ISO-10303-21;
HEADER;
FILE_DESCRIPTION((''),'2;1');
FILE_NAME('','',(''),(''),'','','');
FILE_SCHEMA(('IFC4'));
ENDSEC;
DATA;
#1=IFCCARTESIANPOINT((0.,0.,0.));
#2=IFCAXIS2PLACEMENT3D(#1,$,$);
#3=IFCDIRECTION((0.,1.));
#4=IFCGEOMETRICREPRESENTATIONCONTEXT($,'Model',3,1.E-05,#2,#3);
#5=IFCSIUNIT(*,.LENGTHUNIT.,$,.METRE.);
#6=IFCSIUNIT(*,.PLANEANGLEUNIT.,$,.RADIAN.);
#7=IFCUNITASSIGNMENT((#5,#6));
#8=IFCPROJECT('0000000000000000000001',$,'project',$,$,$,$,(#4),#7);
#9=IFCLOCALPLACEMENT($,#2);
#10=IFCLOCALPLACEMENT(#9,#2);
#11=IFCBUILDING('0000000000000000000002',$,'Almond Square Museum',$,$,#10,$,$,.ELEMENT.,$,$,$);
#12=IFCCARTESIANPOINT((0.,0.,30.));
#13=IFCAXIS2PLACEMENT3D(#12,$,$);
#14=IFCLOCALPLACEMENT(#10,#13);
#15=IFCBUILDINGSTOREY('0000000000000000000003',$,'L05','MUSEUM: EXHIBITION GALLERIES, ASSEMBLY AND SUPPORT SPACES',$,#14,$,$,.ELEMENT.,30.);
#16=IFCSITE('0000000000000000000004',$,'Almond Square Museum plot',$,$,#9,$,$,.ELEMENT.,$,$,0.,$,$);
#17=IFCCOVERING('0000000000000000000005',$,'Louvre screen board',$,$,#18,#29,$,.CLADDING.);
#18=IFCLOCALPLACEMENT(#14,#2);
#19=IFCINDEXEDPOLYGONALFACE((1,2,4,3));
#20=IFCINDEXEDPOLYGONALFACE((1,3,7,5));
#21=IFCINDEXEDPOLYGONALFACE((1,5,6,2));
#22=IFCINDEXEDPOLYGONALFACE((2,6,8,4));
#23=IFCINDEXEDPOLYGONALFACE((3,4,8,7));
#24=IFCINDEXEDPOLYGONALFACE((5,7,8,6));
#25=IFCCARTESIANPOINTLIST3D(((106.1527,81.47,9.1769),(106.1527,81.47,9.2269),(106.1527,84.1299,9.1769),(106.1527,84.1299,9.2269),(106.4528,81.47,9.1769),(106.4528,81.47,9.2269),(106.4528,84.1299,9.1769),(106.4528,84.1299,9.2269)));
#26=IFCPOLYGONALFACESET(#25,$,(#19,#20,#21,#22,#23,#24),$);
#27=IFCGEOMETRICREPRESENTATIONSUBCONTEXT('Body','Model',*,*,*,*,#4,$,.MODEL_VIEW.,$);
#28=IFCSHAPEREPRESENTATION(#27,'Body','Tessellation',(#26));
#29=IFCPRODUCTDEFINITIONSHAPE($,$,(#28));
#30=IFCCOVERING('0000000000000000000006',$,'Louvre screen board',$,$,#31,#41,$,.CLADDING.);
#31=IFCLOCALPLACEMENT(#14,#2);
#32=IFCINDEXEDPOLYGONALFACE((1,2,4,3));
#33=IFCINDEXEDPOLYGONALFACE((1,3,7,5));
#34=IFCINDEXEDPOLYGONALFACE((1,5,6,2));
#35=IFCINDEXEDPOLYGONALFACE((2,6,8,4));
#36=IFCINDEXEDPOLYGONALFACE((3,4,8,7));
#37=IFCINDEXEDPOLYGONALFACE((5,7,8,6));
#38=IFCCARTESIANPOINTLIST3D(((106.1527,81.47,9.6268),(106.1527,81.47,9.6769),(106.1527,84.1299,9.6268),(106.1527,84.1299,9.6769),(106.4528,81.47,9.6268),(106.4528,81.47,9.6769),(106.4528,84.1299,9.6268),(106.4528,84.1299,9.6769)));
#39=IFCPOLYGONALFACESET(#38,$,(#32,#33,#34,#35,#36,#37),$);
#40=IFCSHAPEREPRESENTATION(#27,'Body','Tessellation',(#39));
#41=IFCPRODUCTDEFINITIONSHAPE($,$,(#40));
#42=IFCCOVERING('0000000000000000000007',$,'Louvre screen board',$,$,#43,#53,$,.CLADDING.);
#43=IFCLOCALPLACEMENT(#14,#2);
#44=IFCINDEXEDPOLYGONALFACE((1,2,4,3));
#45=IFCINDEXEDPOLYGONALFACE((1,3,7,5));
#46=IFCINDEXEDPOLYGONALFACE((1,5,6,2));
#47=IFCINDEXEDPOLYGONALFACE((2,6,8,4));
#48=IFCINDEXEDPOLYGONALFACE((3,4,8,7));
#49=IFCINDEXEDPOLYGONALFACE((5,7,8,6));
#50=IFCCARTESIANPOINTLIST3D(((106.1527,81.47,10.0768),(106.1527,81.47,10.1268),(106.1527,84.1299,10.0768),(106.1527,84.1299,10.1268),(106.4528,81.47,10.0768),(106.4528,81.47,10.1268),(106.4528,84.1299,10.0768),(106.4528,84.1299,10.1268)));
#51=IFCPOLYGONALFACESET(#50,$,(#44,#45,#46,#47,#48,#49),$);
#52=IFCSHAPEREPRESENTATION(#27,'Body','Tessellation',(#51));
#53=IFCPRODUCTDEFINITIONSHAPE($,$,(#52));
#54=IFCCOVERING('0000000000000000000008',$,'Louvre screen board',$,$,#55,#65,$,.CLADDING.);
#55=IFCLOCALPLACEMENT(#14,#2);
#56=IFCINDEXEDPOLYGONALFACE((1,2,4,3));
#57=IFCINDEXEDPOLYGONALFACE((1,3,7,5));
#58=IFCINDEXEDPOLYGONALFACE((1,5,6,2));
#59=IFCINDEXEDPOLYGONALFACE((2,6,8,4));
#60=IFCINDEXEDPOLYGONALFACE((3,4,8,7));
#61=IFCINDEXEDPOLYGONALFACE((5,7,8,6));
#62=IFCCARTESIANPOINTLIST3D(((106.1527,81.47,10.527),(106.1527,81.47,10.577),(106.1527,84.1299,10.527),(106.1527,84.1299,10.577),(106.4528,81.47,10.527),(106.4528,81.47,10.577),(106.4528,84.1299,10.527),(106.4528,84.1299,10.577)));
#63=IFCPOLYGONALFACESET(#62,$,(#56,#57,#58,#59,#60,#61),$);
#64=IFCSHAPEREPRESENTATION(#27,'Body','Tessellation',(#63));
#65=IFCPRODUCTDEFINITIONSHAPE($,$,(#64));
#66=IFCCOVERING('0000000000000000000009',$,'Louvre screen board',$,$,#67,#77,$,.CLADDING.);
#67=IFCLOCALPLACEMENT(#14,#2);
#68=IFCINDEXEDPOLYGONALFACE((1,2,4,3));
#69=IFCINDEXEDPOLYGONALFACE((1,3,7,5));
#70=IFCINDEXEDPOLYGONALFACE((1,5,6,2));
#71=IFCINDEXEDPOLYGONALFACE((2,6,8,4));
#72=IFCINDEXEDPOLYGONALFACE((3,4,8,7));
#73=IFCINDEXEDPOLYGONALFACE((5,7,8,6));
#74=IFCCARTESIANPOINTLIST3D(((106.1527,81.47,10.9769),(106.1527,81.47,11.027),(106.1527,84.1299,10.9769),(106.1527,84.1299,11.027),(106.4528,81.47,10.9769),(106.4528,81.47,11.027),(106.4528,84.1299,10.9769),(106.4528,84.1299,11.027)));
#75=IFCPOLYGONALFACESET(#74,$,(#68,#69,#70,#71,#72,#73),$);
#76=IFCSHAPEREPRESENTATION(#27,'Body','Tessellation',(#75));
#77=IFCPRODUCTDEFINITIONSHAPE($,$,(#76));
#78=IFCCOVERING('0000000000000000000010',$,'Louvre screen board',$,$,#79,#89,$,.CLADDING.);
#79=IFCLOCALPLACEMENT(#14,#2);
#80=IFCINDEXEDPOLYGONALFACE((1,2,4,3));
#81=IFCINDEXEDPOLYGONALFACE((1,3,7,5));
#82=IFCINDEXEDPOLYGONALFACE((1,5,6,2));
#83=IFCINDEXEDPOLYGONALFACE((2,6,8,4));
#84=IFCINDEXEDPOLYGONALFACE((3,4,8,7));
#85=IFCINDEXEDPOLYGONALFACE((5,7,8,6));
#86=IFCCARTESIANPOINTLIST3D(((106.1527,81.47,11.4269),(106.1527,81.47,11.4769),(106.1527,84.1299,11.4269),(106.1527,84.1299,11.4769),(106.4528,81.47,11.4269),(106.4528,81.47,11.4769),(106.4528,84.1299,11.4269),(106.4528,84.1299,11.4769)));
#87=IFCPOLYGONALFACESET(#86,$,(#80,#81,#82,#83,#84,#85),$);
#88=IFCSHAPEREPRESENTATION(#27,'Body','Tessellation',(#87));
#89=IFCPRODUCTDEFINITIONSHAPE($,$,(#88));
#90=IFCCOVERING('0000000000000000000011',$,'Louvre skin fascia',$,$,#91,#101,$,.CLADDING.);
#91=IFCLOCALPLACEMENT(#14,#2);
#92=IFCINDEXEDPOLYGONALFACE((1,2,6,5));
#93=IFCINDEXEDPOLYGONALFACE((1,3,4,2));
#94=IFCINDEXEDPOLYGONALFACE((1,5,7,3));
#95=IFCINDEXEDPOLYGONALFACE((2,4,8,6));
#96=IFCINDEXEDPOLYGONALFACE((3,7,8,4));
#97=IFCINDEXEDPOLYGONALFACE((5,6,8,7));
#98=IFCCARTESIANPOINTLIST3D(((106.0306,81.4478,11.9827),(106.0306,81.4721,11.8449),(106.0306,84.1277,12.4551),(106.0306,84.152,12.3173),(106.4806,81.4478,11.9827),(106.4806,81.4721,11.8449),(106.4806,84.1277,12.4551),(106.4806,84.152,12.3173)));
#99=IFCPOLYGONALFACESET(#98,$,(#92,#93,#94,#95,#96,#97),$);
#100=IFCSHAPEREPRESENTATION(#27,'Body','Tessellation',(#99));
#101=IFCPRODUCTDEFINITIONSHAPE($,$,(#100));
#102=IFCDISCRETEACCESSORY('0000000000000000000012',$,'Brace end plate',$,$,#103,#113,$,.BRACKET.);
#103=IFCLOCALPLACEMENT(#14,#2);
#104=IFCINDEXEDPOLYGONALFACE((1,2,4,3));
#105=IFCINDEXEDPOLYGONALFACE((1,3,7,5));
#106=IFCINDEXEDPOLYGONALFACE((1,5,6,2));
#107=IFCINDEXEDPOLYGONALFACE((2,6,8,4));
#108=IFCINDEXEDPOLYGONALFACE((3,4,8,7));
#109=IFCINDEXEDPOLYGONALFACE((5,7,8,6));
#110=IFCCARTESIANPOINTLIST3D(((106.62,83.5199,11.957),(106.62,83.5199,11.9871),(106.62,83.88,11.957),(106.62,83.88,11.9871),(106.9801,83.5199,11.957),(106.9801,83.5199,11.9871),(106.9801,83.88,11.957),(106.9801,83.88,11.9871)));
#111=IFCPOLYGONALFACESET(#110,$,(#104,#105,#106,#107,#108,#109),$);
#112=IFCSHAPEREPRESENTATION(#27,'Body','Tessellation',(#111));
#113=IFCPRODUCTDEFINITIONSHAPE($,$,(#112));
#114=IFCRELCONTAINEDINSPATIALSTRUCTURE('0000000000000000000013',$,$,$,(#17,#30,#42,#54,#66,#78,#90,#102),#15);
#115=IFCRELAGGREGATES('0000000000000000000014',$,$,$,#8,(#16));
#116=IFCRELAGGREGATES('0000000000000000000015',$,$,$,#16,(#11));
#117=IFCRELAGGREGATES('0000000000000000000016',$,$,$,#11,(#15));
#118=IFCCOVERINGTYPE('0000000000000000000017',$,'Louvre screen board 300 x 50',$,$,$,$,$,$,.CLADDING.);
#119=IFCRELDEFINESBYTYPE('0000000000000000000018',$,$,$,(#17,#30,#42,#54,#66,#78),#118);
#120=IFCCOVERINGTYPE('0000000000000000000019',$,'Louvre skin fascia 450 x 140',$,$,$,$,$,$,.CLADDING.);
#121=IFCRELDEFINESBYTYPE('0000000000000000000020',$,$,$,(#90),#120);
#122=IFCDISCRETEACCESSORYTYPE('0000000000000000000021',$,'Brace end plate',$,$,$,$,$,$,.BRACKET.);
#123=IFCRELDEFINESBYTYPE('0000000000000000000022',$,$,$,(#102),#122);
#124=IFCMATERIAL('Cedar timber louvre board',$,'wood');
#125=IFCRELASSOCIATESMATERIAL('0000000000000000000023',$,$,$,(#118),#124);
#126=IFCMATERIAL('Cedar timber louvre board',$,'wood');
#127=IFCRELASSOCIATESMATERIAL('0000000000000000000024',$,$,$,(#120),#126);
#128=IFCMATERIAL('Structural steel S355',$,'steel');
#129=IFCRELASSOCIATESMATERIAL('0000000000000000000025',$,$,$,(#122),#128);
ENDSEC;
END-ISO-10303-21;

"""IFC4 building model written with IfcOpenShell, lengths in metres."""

from ifc_helpers import new_model, si_unit, direction, frame, origin, origin_2d, place, context, subcontext, project, spatial, rectangle, extrude, material, material_profile, profile_set, type_object, element, save


model = new_model("IFC4")

# Units and contexts
model_context = context("Model", 3, precision=1e-05, world=origin(), true_north=direction((0.0, 1.0)))
body_context = subcontext(model_context, "Body", "Model", "MODEL_VIEW")
ifc_project = project(units=[si_unit("LENGTHUNIT", "METRE"), si_unit("PLANEANGLEUNIT", "RADIAN")], contexts=[model_context])

# Site, building, storey
site_placement = place(None, origin())
site = spatial("IfcSite", under=ifc_project, at=site_placement, Name="Almond Square Museum plot", CompositionType="ELEMENT", RefElevation=0.0)
building_placement = place(site_placement, origin())
building = spatial("IfcBuilding", under=site, at=building_placement, Name="Almond Square Museum", CompositionType="ELEMENT")
storey_placement = place(building_placement, frame((0.0, 0.0, 30.0)))
storey = spatial("IfcBuildingStorey", under=building, at=storey_placement, Name="L05", Description="MUSEUM: EXHIBITION GALLERIES, ASSEMBLY AND SUPPORT SPACES", CompositionType="ELEMENT", Elevation=30.0)

# Coverings
ifc_material_1 = material(Name="Cedar timber louvre board", Category="wood")
ifc_material_profile_1 = material_profile(ifc_material_1, rectangle(XDim=0.3, YDim=0.05, at=origin_2d()))
ifc_profile_set_1 = profile_set([ifc_material_profile_1], Name="Cedar timber louvre board")
covering_type_1 = type_object("IfcCoveringType", Name="Louvre screen board 300 x 50", PredefinedType="CLADDING", material=ifc_profile_set_1)
for number, where, z_axis, x_axis, name in (
    (1, (106.3027, 81.47, 9.2019), (0.0, 1.0, 0.0), (-1.0, 0.0, 0.0), "Louvre screen board"),
    (2, (106.3027, 81.47, 9.6519), (0.0, 1.0, 0.0), (-1.0, 0.0, 0.0), "Louvre screen board"),
    (3, (106.3027, 81.47, 10.1018), (0.0, 1.0, 0.0), (-1.0, 0.0, 0.0), "Louvre screen board"),
    (4, (106.3027, 81.47, 10.552), (0.0, 1.0, 0.0), (-1.0, 0.0, 0.0), "Louvre screen board"),
    (5, (106.3027, 81.47, 11.002), (0.0, 1.0, 0.0), (-1.0, 0.0, 0.0), "Louvre screen board"),
    (6, (106.3027, 81.47, 11.4519), (0.0, 1.0, 0.0), (-1.0, 0.0, 0.0), "Louvre screen board"),
):
    element("IfcCovering", number, at=place(storey_placement, frame(where, z_axis=z_axis, x_axis=x_axis)), inside=storey, type_object=covering_type_1, Name=name, PredefinedType="CLADDING", context=body_context, shape_type="SweptSolid", body=[
        extrude(rectangle(XDim=0.3, YDim=0.05, at=origin_2d()), origin(), (0.0, 0.0, 1.0), 2.6599),
    ])
ifc_material_2 = material(Name="Cedar timber louvre board", Category="wood")
ifc_material_profile_2 = material_profile(ifc_material_2, rectangle(XDim=0.45, YDim=0.1399, at=origin_2d()))
ifc_profile_set_2 = profile_set([ifc_material_profile_2], Name="Cedar timber louvre board")
covering_type_2 = type_object("IfcCoveringType", Name="Louvre skin fascia 450 x 140", PredefinedType="CLADDING", material=ifc_profile_set_2)
covering_1_placement = place(storey_placement, frame((106.2556, 81.46, 11.9138), z_axis=(0.0, 0.984816, 0.173601), x_axis=(-1.0, 0.0, 0.0)))
element("IfcCovering", 7, at=covering_1_placement, inside=storey, type_object=covering_type_2, Name="Louvre skin fascia", PredefinedType="CLADDING", context=body_context, shape_type="SweptSolid", body=[
    extrude(rectangle(XDim=0.45, YDim=0.1399, at=origin_2d()), origin(), (0.0, 0.0, 1.0), 2.7212),
])

# Discrete accessory
ifc_material_3 = material(Name="Structural steel S355", Category="steel")
discrete_accessory_type = type_object("IfcDiscreteAccessoryType", Name="Brace end plate", PredefinedType="BRACKET", material=ifc_material_3)
discrete_accessory_placement = place(storey_placement, frame((106.8, 83.7, 11.957), z_axis=(0.0, 0.0, 1.0), x_axis=(1.0, 0.0, 0.0)))
element("IfcDiscreteAccessory", 8, at=discrete_accessory_placement, inside=storey, type_object=discrete_accessory_type, Name="Brace end plate", PredefinedType="BRACKET", context=body_context, shape_type="SweptSolid", body=[
    extrude(rectangle(XDim=0.3601, YDim=0.3601, at=origin_2d()), origin(), (0.0, 0.0, 1.0), 0.03),
])

save(model, "model.ifc")
